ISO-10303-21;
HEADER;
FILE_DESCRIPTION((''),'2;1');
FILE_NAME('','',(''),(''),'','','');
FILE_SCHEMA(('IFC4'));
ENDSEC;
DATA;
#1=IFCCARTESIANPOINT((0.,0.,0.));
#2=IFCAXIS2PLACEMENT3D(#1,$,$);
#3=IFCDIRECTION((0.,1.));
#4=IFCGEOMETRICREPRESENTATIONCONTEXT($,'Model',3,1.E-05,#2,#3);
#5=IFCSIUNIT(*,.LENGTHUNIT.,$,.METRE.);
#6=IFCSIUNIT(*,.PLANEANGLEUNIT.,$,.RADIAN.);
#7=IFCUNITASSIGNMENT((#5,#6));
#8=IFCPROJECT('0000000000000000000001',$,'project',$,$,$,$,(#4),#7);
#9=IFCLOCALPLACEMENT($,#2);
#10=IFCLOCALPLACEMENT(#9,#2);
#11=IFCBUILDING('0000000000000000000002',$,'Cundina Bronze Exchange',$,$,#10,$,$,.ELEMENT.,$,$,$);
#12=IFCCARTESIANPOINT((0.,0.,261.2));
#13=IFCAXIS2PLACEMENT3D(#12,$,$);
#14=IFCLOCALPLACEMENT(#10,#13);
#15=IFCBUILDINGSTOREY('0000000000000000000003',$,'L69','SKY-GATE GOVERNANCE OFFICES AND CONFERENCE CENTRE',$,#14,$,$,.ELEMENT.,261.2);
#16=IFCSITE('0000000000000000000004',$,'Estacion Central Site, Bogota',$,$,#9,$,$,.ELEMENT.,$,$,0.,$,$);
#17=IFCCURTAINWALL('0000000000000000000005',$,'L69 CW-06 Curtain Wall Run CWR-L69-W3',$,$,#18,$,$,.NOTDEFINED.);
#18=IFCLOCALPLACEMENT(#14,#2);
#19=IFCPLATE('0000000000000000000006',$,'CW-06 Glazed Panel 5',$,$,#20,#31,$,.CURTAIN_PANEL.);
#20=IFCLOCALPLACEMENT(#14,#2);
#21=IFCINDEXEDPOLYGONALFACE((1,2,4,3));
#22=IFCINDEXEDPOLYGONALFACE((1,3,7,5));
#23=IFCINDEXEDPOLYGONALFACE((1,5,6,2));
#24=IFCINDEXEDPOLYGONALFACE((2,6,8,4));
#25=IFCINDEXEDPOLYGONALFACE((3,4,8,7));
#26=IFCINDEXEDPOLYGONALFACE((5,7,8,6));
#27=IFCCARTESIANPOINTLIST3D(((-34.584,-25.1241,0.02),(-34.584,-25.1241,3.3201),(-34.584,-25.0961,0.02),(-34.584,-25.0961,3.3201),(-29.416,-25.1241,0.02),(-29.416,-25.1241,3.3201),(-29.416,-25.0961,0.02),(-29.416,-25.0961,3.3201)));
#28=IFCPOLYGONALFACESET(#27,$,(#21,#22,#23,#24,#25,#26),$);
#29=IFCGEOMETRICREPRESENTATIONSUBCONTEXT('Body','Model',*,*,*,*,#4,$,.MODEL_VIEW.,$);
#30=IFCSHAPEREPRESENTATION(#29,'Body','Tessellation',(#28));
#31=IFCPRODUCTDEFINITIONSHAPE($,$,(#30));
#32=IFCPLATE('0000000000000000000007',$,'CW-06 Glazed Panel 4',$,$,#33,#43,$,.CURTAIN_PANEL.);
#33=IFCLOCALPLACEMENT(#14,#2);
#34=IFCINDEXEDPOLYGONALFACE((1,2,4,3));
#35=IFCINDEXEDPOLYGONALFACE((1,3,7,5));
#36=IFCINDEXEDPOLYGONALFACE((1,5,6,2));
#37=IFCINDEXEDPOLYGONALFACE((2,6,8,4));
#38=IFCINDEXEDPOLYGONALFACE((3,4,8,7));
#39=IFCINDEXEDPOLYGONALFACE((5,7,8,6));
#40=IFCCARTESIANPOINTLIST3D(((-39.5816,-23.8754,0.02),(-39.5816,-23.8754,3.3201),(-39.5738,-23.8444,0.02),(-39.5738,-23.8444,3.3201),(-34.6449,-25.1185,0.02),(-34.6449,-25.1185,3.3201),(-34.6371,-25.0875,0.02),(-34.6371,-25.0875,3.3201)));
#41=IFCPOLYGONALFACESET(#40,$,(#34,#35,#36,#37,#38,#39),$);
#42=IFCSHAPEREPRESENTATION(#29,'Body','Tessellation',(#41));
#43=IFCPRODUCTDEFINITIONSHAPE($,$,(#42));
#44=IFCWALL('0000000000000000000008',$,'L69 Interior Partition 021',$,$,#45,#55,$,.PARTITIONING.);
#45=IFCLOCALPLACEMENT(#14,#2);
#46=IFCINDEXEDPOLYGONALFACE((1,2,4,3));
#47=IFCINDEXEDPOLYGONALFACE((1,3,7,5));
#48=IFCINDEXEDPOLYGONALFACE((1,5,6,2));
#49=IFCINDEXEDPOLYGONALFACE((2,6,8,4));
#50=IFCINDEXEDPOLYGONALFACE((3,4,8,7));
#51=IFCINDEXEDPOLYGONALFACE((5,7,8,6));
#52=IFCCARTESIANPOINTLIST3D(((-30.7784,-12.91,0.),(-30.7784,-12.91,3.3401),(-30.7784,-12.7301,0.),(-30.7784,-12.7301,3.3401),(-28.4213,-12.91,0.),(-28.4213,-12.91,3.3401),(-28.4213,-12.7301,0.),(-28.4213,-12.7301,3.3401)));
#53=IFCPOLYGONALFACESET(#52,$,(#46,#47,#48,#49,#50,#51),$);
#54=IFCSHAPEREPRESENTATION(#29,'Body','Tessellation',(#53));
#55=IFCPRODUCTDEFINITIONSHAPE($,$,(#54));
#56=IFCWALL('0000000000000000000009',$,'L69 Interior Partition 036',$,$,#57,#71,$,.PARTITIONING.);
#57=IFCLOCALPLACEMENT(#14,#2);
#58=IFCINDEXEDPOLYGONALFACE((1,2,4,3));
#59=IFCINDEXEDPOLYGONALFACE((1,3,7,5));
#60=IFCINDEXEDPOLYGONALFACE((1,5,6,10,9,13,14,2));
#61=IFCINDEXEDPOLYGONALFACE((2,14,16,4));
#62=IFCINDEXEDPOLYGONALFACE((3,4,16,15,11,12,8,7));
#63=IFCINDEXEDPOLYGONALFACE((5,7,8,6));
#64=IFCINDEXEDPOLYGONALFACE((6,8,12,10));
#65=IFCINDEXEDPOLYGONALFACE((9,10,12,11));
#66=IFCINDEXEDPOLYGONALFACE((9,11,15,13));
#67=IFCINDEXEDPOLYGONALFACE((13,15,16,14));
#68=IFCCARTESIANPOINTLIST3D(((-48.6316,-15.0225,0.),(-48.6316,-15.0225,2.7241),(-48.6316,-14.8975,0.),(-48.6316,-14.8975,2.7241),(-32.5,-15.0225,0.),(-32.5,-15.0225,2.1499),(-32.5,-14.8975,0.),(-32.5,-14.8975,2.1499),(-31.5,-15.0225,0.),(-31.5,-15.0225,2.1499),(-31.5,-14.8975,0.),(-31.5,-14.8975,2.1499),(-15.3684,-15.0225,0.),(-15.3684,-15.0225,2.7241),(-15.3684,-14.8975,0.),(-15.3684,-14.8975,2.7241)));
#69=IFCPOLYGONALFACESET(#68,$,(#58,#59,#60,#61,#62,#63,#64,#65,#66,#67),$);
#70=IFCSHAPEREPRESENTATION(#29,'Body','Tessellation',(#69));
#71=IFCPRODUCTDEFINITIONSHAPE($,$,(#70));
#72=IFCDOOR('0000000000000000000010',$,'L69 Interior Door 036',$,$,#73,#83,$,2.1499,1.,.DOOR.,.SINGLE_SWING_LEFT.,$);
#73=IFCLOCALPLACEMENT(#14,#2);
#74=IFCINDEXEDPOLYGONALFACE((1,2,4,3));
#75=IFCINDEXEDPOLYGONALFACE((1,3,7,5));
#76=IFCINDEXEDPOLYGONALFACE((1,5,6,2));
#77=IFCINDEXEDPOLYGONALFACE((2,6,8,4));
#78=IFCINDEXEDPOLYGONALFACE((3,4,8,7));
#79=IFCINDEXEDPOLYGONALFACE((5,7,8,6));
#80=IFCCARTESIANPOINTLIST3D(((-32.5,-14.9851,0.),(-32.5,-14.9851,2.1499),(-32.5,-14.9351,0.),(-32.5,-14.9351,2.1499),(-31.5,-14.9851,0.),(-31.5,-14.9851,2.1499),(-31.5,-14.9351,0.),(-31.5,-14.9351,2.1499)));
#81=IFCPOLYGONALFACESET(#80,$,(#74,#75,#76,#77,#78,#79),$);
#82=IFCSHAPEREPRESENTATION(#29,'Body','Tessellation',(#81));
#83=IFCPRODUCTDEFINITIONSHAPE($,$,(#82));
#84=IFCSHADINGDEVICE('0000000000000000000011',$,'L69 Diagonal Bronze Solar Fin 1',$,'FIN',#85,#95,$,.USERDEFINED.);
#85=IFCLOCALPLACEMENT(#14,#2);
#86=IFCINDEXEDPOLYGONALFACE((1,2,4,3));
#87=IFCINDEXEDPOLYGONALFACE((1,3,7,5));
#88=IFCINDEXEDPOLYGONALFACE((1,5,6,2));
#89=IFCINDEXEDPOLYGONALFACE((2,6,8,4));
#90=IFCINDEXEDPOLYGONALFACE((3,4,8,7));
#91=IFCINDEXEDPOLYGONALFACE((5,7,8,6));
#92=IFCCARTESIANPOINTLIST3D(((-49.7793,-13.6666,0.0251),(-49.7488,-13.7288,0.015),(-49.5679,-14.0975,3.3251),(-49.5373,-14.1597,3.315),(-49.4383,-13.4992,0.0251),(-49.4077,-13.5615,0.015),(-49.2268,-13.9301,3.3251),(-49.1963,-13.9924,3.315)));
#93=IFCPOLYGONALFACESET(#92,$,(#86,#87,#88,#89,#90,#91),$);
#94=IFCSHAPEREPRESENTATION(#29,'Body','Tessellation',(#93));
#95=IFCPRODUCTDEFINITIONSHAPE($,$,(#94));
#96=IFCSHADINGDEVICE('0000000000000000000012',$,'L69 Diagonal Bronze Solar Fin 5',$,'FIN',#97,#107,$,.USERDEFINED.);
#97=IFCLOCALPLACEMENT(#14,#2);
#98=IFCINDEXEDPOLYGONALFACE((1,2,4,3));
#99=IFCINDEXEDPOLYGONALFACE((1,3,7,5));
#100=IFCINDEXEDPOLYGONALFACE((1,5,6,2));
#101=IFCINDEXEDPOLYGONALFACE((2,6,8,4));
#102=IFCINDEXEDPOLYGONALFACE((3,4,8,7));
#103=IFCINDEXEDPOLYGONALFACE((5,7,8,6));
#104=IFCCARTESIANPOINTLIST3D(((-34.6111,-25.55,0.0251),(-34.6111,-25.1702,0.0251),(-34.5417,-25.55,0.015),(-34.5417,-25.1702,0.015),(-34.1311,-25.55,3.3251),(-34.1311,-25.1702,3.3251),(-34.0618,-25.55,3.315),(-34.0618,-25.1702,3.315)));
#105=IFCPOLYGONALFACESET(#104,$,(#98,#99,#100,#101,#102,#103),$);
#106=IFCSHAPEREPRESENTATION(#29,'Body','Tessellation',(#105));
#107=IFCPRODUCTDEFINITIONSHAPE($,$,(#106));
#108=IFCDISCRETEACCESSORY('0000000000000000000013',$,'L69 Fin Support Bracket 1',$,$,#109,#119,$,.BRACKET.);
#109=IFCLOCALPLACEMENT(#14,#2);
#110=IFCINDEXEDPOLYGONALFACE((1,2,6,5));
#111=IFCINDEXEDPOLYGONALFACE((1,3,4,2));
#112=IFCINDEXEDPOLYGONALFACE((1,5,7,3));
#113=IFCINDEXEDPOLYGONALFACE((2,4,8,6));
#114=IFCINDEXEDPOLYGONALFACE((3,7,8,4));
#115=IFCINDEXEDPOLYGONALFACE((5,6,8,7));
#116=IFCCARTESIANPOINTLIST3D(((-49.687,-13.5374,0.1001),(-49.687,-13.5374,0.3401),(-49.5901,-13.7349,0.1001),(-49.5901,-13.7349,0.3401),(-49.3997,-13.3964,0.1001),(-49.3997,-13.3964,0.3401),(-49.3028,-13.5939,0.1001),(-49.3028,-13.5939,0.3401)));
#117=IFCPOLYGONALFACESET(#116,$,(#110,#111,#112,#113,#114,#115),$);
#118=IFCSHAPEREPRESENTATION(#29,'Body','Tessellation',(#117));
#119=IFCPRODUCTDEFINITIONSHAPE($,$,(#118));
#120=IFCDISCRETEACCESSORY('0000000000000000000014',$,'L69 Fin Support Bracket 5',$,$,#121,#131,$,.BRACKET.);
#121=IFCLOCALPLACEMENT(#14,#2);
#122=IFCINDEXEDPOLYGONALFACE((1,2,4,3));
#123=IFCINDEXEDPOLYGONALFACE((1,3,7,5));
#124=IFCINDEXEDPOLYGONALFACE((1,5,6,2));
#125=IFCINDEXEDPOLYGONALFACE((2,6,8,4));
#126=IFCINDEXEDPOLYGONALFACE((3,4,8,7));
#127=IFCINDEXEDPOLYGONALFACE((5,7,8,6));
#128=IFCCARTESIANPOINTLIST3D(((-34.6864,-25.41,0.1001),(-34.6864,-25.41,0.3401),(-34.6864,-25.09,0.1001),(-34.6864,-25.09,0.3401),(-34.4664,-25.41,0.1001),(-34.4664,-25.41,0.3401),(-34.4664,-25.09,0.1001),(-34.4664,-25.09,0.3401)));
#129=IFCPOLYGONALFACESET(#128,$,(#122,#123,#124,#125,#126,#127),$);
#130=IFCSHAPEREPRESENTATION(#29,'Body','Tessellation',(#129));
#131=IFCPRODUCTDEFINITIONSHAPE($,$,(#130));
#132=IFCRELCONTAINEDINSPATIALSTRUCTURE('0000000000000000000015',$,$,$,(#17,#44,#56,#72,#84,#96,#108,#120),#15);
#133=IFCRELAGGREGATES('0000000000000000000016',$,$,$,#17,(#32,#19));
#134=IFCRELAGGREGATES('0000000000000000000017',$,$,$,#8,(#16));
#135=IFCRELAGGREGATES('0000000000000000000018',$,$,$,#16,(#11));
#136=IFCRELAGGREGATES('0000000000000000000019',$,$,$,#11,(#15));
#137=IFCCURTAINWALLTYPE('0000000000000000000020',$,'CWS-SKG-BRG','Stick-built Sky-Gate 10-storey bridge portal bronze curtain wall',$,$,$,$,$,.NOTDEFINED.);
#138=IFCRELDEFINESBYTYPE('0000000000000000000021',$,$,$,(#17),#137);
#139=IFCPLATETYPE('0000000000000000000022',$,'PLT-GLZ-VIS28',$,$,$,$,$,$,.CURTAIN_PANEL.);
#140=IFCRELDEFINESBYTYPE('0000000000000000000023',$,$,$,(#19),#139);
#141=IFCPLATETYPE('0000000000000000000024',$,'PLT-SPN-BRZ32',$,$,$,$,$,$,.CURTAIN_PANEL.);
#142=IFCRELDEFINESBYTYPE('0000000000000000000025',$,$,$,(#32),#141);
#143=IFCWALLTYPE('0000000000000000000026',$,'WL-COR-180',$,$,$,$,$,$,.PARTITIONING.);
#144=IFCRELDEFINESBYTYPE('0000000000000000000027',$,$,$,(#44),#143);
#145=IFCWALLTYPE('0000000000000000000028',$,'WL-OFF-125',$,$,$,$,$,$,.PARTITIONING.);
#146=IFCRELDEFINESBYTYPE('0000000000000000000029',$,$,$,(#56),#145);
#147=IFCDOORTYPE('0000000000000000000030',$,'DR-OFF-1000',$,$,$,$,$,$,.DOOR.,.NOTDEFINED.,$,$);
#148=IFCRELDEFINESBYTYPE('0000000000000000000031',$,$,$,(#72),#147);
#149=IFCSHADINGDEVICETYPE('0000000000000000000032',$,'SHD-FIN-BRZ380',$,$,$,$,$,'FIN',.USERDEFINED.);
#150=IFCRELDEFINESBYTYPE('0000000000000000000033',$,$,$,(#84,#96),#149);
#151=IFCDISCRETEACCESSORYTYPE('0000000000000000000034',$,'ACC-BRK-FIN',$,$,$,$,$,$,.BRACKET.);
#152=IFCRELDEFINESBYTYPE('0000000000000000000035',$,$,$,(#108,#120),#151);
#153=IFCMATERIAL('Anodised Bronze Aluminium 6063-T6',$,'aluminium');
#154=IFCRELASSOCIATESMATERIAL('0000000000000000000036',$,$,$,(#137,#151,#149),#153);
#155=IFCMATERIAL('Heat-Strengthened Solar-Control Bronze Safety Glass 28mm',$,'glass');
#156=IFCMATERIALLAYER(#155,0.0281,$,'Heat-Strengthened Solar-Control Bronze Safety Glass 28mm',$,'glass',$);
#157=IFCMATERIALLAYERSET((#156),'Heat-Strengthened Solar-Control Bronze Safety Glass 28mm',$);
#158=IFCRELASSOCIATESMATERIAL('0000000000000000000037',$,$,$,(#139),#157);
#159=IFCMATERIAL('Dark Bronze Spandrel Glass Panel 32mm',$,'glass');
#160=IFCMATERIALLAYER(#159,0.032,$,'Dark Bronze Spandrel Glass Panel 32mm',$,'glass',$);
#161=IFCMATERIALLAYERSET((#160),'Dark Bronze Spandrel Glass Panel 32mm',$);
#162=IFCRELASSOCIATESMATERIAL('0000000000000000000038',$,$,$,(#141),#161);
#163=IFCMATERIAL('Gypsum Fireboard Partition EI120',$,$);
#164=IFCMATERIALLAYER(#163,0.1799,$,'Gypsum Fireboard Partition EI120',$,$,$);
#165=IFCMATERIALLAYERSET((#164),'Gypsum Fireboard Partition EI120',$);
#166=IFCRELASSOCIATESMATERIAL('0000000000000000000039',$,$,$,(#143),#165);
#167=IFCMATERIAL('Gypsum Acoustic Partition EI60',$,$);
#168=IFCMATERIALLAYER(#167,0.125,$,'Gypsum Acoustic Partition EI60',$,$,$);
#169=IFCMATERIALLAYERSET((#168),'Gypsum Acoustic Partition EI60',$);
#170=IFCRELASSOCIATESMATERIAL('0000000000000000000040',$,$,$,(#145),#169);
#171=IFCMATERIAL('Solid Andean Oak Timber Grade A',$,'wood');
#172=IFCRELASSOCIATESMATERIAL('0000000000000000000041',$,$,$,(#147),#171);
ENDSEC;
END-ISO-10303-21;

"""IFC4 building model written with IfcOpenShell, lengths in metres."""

from ifc_helpers import new_model, si_unit, direction, frame, frame_2d, origin, origin_2d, place, context, subcontext, project, spatial, rectangle, extrude, material, layer, layer_set, material_profile, profile_set, type_object, element, fill, aggregate, save


model = new_model("IFC4")

# Units and contexts
model_context = context("Model", 3, precision=1e-05, world=origin(), true_north=direction((0.0, 1.0)))
body_context = subcontext(model_context, "Body", "Model", "MODEL_VIEW")
ifc_project = project(units=[si_unit("LENGTHUNIT", "METRE"), si_unit("PLANEANGLEUNIT", "RADIAN")], contexts=[model_context])

# Site, building, storey
site_placement = place(None, origin())
site = spatial("IfcSite", under=ifc_project, at=site_placement, Name="Estacion Central Site, Bogota", CompositionType="ELEMENT", RefElevation=0.0)
building_placement = place(site_placement, origin())
building = spatial("IfcBuilding", under=site, at=building_placement, Name="Cundina Bronze Exchange", CompositionType="ELEMENT")
storey_placement = place(building_placement, frame((0.0, 0.0, 261.2)))
storey = spatial("IfcBuildingStorey", under=building, at=storey_placement, Name="L69", Description="SKY-GATE GOVERNANCE OFFICES AND CONFERENCE CENTRE", CompositionType="ELEMENT", Elevation=261.2)

# Shared definitions
ifc_material_1 = material(Name="Anodised Bronze Aluminium 6063-T6", Category="aluminium")
curtain_wall_type = type_object("IfcCurtainWallType", Name="CWS-SKG-BRG", Description="Stick-built Sky-Gate 10-storey bridge portal bronze curtain wall", PredefinedType="NOTDEFINED", material=ifc_material_1)

# Curtain wall
curtain_wall_1_placement = place(storey_placement, origin())
curtain_wall_1 = element("IfcCurtainWall", 1, at=curtain_wall_1_placement, inside=storey, type_object=curtain_wall_type, Name="L69 CW-06 Curtain Wall Run CWR-L69-W3", PredefinedType="NOTDEFINED")

# Plates
ifc_material_2 = material(Name="Heat-Strengthened Solar-Control Bronze Safety Glass 28mm", Category="glass")
ifc_layer_1 = layer(ifc_material_2, 0.0281, Name="Heat-Strengthened Solar-Control Bronze Safety Glass 28mm", Category="glass")
ifc_layer_set_1 = layer_set([ifc_layer_1], Name="Heat-Strengthened Solar-Control Bronze Safety Glass 28mm")
plate_type_1 = type_object("IfcPlateType", Name="PLT-GLZ-VIS28", PredefinedType="CURTAIN_PANEL", material=ifc_layer_set_1)
plate_1_placement = place(storey_placement, frame((-32.0, -25.1101, 0.02), z_axis=(0.0, 0.0, 1.0), x_axis=(1.0, 0.0, 0.0)))
plate_1 = element("IfcPlate", 2, at=plate_1_placement, type_object=plate_type_1, Name="CW-06 Glazed Panel 5", PredefinedType="CURTAIN_PANEL", context=body_context, shape_type="SweptSolid", body=[
    extrude(rectangle(XDim=5.168, YDim=0.0281, at=origin_2d()), origin(), (0.0, 0.0, 1.0), 3.3),
])
ifc_material_3 = material(Name="Dark Bronze Spandrel Glass Panel 32mm", Category="glass")
ifc_layer_2 = layer(ifc_material_3, 0.032, Name="Dark Bronze Spandrel Glass Panel 32mm", Category="glass")
ifc_layer_set_2 = layer_set([ifc_layer_2], Name="Dark Bronze Spandrel Glass Panel 32mm")
plate_type_2 = type_object("IfcPlateType", Name="PLT-SPN-BRZ32", PredefinedType="CURTAIN_PANEL", material=ifc_layer_set_2)
plate_2_placement = place(storey_placement, frame((-37.1094, -24.4814, 0.02), z_axis=(0.0, 0.0, 1.0), x_axis=(0.969732, -0.244174, 0.0)))
plate_2 = element("IfcPlate", 3, at=plate_2_placement, type_object=plate_type_2, Name="CW-06 Glazed Panel 4", PredefinedType="CURTAIN_PANEL", context=body_context, shape_type="SweptSolid", body=[
    extrude(rectangle(XDim=5.0908, YDim=0.032, at=origin_2d()), origin(), (0.0, 0.0, 1.0), 3.3),
])
aggregate(curtain_wall_1, [plate_2, plate_1])

# Wall
ifc_material_4 = material(Name="Gypsum Fireboard Partition EI120")
ifc_layer_3 = layer(ifc_material_4, 0.1799, Name="Gypsum Fireboard Partition EI120")
ifc_layer_set_3 = layer_set([ifc_layer_3], Name="Gypsum Fireboard Partition EI120")
wall_type_1 = type_object("IfcWallType", Name="WL-COR-180", PredefinedType="PARTITIONING", material=ifc_layer_set_3)
wall_1_placement = place(storey_placement, frame((-30.7786, -12.8201, 0.0), z_axis=(0.0, 0.0, 1.0), x_axis=(1.0, 0.0, 0.0)))
element("IfcWall", 4, at=wall_1_placement, inside=storey, type_object=wall_type_1, Name="L69 Interior Partition 021", PredefinedType="PARTITIONING", context=body_context, shape_type="SweptSolid", body=[
    extrude(rectangle(XDim=2.3572, YDim=0.1799, at=frame_2d((1.1787, 0.0))), origin(), (0.0, 0.0, 1.0), 3.3401),
])

# Wall, opening, door
ifc_material_5 = material(Name="Gypsum Acoustic Partition EI60")
ifc_layer_4 = layer(ifc_material_5, 0.125, Name="Gypsum Acoustic Partition EI60")
ifc_layer_set_4 = layer_set([ifc_layer_4], Name="Gypsum Acoustic Partition EI60")
wall_type_2 = type_object("IfcWallType", Name="WL-OFF-125", PredefinedType="PARTITIONING", material=ifc_layer_set_4)
wall_2_placement = place(storey_placement, frame((-48.6316, -14.96, 0.0), z_axis=(0.0, 0.0, 1.0), x_axis=(1.0, 0.0, 0.0)))
wall_2 = element("IfcWall", 5, at=wall_2_placement, inside=storey, type_object=wall_type_2, Name="L69 Interior Partition 036", PredefinedType="PARTITIONING", context=body_context, shape_type="SweptSolid", body=[
    extrude(rectangle(XDim=33.2632, YDim=0.125, at=frame_2d((16.6316, 0.0))), origin(), (0.0, 0.0, 1.0), 2.7241),
])
opening_placement = place(wall_2_placement, frame((16.1316, 0.0, 0.0)))
opening = element("IfcOpeningElement", 6, at=opening_placement, cuts=wall_2, PredefinedType="OPENING", context=body_context, shape_type="SweptSolid", body=[
    extrude(rectangle(XDim=1.0, YDim=2.1499, at=frame_2d((0.5, 1.075))), frame((0.0, 0.0725, 0.0), z_axis=(0.0, -1.0, 0.0), x_axis=(1.0, 0.0, 0.0)), (0.0, 0.0, 1.0), 0.145),
])
ifc_material_6 = material(Name="Solid Andean Oak Timber Grade A", Category="wood")
door_type = type_object("IfcDoorType", Name="DR-OFF-1000", OperationType="NOTDEFINED", PredefinedType="DOOR", material=ifc_material_6)
door_placement = place(opening_placement, origin())
door = element("IfcDoor", 7, at=door_placement, inside=storey, type_object=door_type, Name="L69 Interior Door 036", OperationType="SINGLE_SWING_LEFT", OverallHeight=2.1499, OverallWidth=1.0, PredefinedType="DOOR", context=body_context, shape_type="SweptSolid", body=[
    extrude(rectangle(XDim=1.0, YDim=2.1499, at=frame_2d((0.5, 1.075))), frame((0.0, 0.0249, 0.0), z_axis=(0.0, -1.0, 0.0), x_axis=(1.0, 0.0, 0.0)), (0.0, 0.0, 1.0), 0.05),
])
fill(opening, door)

# Shading devices
ifc_material_profile_1 = material_profile(ifc_material_1, rectangle(XDim=0.0701, YDim=0.3799, at=origin_2d()), Name="FIN70X380", Category="aluminium")
ifc_profile_set_1 = profile_set([ifc_material_profile_1], Name="Anodised Bronze Aluminium 6063-T6")
shading_device_type = type_object("IfcShadingDeviceType", Name="SHD-FIN-BRZ380", ElementType="FIN", PredefinedType="USERDEFINED", material=ifc_profile_set_1)
for number, where, z_axis, x_axis, name in (
    (8, (-49.5935, -13.614, 0.02), (0.0634, -0.129217, 0.989588), (-0.4359, 0.888411, 0.143932), "L69 Diagonal Bronze Solar Fin 1"),
    (9, (-34.5764, -25.3601, 0.02), (0.143932, 0.0, 0.989588), (-0.989588, 0.0, 0.143932), "L69 Diagonal Bronze Solar Fin 5"),
):
    element("IfcShadingDevice", number, at=place(storey_placement, frame(where, z_axis=z_axis, x_axis=x_axis)), inside=storey, type_object=shading_device_type, Name=name, ObjectType="FIN", PredefinedType="USERDEFINED", context=body_context, shape_type="SweptSolid", body=[
        extrude(rectangle(XDim=0.0701, YDim=0.3799, at=origin_2d()), origin(), (0.0, 0.0, 1.0), 3.3347),
    ])

# Discrete accessories
discrete_accessory_type = type_object("IfcDiscreteAccessoryType", Name="ACC-BRK-FIN", PredefinedType="BRACKET", material=ifc_material_1)
for number, where, z_axis, x_axis, name in (
    (10, (-49.4949, -13.5657, 0.1001), (0.0, 0.0, 1.0), (0.440503, -0.897751, 0.0), "L69 Fin Support Bracket 1"),
    (11, (-34.5764, -25.25, 0.1001), (0.0, 0.0, 1.0), (1.0, 0.0, 0.0), "L69 Fin Support Bracket 5"),
):
    element("IfcDiscreteAccessory", number, at=place(storey_placement, frame(where, z_axis=z_axis, x_axis=x_axis)), inside=storey, type_object=discrete_accessory_type, Name=name, PredefinedType="BRACKET", context=body_context, shape_type="SweptSolid", body=[
        extrude(rectangle(XDim=0.22, YDim=0.3201, at=origin_2d()), origin(), (0.0, 0.0, 1.0), 0.24),
    ])

save(model, "model.ifc")
